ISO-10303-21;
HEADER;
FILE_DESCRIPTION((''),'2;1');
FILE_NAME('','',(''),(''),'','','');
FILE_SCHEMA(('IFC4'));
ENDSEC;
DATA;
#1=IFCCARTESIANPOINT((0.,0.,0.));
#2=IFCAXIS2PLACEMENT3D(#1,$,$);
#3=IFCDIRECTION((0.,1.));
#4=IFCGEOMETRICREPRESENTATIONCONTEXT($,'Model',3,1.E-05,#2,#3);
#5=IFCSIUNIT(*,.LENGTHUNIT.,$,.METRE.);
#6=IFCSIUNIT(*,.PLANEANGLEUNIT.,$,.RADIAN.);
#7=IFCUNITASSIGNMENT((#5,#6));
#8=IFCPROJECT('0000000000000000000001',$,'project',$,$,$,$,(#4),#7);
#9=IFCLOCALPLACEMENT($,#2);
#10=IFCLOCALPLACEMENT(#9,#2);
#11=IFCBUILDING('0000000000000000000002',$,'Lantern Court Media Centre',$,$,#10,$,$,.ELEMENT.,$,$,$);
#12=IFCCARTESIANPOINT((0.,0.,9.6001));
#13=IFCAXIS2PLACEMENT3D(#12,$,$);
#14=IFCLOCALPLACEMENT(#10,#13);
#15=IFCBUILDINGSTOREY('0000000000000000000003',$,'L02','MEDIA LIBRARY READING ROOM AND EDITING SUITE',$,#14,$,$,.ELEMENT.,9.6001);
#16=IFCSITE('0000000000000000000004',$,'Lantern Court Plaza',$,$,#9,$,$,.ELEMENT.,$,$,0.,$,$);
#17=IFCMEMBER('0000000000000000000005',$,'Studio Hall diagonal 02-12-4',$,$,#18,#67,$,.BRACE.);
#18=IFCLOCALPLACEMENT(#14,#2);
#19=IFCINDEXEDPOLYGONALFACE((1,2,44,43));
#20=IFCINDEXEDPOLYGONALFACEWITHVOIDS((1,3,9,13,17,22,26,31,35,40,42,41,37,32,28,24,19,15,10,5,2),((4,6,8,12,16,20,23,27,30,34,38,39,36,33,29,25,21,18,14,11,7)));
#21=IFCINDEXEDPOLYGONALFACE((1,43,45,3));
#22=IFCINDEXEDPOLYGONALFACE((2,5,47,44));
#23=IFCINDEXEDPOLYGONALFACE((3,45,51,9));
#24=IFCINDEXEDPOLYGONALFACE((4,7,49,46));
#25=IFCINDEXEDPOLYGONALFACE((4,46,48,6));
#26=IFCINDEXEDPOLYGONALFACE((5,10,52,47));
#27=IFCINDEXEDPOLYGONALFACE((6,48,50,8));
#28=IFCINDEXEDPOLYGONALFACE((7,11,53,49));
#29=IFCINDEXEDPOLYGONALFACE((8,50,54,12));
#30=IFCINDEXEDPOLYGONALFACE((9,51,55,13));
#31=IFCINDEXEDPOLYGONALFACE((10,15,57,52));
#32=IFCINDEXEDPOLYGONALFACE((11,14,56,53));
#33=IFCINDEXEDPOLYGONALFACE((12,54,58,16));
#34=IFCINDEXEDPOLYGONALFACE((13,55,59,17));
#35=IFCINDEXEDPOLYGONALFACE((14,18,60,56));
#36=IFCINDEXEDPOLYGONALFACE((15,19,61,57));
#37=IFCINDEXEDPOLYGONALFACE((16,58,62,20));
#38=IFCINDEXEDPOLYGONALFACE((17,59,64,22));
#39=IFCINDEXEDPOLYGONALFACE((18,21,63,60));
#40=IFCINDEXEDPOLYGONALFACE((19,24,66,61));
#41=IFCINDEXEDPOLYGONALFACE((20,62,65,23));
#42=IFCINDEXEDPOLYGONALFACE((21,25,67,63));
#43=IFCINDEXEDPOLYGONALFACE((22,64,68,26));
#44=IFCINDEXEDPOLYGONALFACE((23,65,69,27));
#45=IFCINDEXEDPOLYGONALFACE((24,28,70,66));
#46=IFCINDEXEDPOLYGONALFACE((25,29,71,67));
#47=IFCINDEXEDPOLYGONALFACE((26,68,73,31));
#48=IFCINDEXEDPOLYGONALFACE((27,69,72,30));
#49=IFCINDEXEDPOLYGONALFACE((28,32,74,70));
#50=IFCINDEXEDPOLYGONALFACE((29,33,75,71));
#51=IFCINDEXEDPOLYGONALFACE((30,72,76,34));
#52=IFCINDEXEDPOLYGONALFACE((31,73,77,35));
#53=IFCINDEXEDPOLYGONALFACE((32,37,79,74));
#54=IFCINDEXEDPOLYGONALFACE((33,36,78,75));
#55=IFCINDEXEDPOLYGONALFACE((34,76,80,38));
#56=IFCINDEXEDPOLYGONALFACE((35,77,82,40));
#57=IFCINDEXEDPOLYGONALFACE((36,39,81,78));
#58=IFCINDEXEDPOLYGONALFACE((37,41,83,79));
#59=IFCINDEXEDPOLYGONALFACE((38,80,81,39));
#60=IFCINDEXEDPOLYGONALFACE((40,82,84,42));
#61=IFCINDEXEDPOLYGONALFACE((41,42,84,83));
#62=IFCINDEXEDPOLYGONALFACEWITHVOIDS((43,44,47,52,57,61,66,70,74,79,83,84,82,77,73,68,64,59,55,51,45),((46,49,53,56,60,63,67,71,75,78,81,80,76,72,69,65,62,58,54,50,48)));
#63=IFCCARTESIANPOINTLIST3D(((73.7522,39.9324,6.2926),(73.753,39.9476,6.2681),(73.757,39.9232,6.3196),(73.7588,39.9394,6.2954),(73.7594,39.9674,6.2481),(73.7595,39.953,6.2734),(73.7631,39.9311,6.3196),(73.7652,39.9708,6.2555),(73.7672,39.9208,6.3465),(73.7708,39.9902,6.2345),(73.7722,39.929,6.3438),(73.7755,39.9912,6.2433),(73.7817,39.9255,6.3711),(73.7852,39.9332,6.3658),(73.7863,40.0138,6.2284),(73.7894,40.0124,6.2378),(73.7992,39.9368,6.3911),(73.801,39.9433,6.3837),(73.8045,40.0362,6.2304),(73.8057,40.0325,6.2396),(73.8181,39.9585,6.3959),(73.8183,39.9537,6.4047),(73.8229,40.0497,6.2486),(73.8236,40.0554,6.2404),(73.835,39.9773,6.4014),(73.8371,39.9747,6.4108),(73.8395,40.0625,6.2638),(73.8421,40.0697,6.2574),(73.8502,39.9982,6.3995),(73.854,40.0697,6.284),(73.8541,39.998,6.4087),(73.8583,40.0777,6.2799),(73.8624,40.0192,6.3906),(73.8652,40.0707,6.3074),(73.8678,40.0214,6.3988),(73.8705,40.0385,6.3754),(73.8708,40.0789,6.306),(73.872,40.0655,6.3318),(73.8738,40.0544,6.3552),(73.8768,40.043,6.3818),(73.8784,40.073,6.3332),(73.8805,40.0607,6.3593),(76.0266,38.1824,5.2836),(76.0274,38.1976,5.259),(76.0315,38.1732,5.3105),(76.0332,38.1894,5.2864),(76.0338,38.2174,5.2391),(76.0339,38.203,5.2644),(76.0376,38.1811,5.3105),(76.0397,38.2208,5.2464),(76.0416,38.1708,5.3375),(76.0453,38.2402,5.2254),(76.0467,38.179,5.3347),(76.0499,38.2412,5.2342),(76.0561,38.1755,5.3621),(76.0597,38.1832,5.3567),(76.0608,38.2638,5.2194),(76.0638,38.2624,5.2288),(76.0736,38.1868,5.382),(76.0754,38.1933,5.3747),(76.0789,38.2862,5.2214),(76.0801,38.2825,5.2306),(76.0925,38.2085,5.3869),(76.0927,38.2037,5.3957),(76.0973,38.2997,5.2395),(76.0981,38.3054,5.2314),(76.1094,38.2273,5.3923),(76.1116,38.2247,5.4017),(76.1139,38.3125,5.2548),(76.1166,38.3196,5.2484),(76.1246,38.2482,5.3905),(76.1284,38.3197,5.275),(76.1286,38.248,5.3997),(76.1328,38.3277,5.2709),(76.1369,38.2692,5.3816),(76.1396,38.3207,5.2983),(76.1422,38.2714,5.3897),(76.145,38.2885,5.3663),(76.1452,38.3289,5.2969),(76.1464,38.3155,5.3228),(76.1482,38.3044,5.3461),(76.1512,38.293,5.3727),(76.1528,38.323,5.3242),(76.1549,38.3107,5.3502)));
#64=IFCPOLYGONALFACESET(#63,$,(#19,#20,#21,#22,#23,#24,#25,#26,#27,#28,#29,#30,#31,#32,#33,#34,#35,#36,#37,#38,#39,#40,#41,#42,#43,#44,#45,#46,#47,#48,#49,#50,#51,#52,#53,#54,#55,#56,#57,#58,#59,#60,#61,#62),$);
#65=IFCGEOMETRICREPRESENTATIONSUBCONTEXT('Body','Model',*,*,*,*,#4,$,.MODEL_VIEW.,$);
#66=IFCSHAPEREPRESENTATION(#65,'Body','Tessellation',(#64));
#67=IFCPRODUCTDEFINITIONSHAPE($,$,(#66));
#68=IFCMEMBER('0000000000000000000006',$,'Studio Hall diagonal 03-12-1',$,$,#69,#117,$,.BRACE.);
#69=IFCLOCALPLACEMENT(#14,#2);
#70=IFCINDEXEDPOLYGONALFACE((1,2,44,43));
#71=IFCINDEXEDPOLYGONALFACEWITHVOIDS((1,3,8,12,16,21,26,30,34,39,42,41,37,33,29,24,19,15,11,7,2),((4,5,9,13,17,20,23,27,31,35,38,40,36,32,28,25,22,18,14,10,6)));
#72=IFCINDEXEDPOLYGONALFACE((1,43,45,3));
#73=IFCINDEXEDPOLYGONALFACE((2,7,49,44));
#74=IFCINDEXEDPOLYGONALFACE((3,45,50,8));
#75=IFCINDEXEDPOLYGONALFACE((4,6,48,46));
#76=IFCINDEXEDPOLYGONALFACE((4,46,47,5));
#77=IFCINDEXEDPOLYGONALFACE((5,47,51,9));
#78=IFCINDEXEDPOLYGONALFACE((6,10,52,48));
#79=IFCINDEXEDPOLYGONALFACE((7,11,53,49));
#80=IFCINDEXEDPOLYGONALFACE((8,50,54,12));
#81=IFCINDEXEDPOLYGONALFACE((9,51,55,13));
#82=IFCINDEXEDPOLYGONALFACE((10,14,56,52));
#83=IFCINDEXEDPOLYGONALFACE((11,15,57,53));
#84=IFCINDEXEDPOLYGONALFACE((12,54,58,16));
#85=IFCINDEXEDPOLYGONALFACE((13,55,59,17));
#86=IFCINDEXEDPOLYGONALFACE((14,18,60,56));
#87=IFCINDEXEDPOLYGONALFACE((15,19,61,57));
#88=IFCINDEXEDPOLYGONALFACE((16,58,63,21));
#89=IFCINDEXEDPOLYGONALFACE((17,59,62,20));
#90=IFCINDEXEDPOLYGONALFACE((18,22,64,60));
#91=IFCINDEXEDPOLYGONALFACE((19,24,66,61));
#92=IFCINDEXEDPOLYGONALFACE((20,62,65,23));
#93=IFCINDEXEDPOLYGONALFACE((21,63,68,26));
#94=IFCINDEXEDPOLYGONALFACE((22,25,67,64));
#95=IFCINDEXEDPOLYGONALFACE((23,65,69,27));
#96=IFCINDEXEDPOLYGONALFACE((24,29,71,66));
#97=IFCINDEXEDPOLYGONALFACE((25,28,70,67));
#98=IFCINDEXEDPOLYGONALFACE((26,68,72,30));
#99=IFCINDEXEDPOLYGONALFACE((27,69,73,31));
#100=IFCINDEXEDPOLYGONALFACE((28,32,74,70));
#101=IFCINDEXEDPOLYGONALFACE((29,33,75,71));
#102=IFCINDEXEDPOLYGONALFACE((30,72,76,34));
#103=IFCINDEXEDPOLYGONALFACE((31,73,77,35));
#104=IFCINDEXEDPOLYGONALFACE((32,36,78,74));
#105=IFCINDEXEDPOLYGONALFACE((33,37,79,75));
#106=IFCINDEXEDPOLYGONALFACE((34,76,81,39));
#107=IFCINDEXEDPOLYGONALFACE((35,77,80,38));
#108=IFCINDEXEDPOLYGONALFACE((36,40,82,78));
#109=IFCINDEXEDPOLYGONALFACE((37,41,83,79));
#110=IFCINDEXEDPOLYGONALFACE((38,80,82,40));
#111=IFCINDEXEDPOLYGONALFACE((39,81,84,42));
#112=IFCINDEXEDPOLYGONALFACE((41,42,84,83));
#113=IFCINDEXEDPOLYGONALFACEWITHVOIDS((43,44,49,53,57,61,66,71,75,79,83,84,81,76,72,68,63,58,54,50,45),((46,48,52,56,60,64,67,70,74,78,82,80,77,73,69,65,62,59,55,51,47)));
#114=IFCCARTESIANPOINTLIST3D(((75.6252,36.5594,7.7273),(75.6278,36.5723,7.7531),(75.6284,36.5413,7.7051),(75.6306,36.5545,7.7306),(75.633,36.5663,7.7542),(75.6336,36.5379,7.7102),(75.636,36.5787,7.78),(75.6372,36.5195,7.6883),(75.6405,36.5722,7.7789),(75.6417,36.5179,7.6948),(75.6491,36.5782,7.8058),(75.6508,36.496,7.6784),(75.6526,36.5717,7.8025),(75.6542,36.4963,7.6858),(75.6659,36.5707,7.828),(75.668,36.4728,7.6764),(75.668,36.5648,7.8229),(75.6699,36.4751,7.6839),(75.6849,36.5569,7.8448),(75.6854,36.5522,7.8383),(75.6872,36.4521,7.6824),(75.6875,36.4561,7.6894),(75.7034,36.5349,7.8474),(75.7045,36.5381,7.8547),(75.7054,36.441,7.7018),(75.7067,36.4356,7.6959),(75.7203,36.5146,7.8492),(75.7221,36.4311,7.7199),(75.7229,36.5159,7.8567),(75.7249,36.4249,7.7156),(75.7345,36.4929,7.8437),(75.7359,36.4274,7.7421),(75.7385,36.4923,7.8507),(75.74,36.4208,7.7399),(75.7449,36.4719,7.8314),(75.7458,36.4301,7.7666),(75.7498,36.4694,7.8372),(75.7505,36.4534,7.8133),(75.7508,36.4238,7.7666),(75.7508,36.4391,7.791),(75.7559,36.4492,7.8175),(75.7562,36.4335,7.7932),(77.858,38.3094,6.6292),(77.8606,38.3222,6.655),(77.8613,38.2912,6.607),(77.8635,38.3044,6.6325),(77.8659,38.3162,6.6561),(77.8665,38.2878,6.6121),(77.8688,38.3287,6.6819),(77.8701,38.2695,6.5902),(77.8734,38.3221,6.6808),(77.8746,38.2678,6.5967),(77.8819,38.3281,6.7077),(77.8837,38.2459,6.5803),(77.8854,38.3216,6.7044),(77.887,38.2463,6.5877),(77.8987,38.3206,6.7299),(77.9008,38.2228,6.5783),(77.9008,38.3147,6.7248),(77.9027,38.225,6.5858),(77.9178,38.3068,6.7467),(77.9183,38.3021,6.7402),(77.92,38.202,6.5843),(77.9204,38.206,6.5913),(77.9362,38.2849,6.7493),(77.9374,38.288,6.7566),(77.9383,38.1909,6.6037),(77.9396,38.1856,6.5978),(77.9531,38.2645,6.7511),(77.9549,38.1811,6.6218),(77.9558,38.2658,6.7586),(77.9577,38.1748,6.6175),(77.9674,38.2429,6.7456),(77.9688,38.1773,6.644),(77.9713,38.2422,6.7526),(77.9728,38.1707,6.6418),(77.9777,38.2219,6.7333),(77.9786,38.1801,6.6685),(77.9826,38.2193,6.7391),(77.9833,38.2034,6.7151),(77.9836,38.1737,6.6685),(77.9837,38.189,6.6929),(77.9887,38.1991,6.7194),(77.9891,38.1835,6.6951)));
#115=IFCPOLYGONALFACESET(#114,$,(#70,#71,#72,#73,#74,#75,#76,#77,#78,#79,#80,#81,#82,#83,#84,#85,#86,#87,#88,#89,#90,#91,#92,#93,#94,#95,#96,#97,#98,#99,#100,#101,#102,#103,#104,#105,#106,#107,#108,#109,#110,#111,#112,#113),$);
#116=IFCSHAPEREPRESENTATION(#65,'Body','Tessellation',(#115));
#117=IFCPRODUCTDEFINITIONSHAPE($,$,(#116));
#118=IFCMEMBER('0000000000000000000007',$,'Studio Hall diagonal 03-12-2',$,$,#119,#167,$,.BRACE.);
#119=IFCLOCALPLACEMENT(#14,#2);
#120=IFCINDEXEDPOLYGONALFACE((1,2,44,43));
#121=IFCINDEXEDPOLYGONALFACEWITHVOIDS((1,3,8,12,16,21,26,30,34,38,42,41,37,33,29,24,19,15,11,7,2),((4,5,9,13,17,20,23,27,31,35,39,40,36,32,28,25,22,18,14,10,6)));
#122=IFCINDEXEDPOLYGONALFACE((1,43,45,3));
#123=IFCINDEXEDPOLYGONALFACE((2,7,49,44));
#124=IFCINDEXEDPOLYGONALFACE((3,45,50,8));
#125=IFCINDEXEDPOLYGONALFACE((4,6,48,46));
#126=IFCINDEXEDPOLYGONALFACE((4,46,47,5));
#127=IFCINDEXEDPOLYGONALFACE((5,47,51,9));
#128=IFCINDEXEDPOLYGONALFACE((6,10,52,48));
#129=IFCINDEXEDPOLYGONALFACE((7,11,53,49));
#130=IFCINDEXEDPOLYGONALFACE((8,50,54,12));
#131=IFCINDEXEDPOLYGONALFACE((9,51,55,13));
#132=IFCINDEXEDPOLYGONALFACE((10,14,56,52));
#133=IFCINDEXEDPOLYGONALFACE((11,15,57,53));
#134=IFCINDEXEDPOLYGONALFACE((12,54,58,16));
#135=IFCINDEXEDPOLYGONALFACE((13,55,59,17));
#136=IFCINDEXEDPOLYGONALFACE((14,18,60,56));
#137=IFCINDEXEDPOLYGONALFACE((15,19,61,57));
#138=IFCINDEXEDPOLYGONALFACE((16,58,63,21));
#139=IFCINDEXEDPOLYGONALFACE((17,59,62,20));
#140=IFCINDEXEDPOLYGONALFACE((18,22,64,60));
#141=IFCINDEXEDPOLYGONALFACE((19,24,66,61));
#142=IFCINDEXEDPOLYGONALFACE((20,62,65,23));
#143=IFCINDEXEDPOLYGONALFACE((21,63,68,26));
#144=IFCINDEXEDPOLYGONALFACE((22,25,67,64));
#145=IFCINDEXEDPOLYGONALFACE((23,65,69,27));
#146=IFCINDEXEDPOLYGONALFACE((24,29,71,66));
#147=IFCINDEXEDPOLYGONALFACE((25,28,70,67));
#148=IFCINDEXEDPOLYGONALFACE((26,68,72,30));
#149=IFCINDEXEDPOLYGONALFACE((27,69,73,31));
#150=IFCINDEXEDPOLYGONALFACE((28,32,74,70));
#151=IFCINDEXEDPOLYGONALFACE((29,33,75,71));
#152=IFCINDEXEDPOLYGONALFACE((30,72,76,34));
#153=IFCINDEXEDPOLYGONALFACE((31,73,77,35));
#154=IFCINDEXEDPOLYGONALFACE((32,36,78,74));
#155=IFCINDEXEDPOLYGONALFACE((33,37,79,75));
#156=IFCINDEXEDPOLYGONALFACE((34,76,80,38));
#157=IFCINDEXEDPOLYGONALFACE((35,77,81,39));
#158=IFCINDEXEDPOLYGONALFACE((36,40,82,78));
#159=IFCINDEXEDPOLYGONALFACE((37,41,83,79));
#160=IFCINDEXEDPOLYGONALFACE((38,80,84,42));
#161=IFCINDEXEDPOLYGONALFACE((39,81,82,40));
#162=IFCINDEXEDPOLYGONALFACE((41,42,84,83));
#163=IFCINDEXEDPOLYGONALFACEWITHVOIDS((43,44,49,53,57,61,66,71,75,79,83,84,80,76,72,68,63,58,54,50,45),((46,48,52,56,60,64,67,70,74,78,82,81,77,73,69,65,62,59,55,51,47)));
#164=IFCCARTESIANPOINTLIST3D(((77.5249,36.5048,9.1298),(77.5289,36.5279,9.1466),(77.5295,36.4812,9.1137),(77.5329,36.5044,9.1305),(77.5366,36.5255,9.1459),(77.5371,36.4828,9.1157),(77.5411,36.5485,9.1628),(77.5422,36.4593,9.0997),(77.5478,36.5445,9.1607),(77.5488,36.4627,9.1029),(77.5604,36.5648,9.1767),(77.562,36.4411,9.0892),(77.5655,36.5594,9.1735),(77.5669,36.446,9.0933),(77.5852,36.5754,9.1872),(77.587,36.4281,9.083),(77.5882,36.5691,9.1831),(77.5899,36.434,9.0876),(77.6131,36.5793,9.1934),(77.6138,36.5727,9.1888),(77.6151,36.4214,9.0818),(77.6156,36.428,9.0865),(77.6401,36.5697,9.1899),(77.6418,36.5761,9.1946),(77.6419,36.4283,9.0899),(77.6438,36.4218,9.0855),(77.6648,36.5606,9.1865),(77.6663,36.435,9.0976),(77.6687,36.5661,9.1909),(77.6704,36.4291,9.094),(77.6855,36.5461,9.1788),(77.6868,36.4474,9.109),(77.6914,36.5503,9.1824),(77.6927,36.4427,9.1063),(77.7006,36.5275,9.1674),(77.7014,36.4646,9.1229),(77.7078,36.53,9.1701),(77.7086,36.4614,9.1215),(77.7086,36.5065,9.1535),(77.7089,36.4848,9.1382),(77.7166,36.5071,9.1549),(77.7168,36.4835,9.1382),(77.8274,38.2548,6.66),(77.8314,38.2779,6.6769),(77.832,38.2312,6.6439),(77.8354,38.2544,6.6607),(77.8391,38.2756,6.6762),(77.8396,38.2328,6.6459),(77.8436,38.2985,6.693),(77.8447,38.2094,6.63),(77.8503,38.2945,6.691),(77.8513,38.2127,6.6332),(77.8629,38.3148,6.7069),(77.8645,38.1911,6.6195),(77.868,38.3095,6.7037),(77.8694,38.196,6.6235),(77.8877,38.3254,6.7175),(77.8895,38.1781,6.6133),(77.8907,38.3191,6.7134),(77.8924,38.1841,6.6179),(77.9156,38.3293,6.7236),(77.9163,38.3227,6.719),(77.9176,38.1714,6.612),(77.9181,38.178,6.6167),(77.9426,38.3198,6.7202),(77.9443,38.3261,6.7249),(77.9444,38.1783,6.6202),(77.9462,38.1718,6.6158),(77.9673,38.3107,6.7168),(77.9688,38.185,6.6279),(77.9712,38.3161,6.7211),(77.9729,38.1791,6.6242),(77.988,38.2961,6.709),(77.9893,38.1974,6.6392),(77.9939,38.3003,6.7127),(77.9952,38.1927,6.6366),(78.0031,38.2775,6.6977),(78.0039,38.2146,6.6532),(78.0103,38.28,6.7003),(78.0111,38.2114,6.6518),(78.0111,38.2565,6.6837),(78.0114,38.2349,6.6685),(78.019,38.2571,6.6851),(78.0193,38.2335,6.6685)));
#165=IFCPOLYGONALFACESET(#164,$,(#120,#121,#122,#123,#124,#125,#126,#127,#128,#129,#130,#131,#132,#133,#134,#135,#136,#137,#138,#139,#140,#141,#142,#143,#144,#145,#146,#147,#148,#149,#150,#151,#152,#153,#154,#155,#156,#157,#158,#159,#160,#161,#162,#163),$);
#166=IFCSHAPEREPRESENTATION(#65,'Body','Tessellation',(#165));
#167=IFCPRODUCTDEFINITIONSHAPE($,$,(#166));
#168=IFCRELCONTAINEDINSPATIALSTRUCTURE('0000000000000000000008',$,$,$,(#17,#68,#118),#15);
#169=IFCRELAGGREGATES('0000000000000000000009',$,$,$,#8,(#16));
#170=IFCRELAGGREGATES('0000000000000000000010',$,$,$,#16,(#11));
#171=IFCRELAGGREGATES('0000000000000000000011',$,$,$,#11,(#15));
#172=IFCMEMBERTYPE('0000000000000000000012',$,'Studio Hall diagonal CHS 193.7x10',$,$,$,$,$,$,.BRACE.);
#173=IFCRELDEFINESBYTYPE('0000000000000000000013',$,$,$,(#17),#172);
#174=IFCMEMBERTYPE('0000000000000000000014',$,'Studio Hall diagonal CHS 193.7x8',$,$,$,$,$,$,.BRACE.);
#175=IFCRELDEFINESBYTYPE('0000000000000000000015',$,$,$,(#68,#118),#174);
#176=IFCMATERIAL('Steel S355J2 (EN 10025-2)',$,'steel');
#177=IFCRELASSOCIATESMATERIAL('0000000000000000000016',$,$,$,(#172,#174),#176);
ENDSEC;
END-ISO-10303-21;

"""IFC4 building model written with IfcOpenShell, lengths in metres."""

from ifc_helpers import new_model, si_unit, direction, frame, origin, origin_2d, place, context, subcontext, project, spatial, hollow_circle, extrude, material, material_profile, profile_set, type_object, element, save


model = new_model("IFC4")

# Units and contexts
model_context = context("Model", 3, precision=1e-05, world=origin(), true_north=direction((0.0, 1.0)))
body_context = subcontext(model_context, "Body", "Model", "MODEL_VIEW")
ifc_project = project(units=[si_unit("LENGTHUNIT", "METRE"), si_unit("PLANEANGLEUNIT", "RADIAN")], contexts=[model_context])

# Site, building, storey
site_placement = place(None, origin())
site = spatial("IfcSite", under=ifc_project, at=site_placement, Name="Lantern Court Plaza", CompositionType="ELEMENT", RefElevation=0.0)
building_placement = place(site_placement, origin())
building = spatial("IfcBuilding", under=site, at=building_placement, Name="Lantern Court Media Centre", CompositionType="ELEMENT")
storey_placement = place(building_placement, frame((0.0, 0.0, 9.6001)))
storey = spatial("IfcBuildingStorey", under=building, at=storey_placement, Name="L02", Description="MEDIA LIBRARY READING ROOM AND EDITING SUITE", CompositionType="ELEMENT", Elevation=9.6001)

# Members
ifc_material = material(Name="Steel S355J2 (EN 10025-2)", Category="steel")
ifc_material_profile_1 = material_profile(ifc_material, hollow_circle(Radius=0.0969, WallThickness=0.01, at=origin_2d()), Name="Studio Hall diagonal CHS 193.7x10")
ifc_profile_set_1 = profile_set([ifc_material_profile_1], Name="Steel S355J2 (EN 10025-2)")
member_type_1 = type_object("IfcMemberType", Name="Studio Hall diagonal CHS 193.7x10", PredefinedType="BRACE", material=ifc_profile_set_1)
for number, where, z_axis, x_axis, name in (
    (1, (76.0906, 38.25, 5.3105), (-0.747677, 0.575284, 0.331703), (-0.609809, -0.792548, 0.0), "Studio Hall diagonal 02-12-4"),
):
    element("IfcMember", number, at=place(storey_placement, frame(where, z_axis=z_axis, x_axis=x_axis)), inside=storey, type_object=member_type_1, Name=name, PredefinedType="BRACE", context=body_context, shape_type="SweptSolid", body=[
        extrude(hollow_circle(Radius=0.0969, WallThickness=0.01, at=origin_2d()), origin(), (0.0, 0.0, 1.0), 3.042),
    ])
ifc_material_profile_2 = material_profile(ifc_material, hollow_circle(Radius=0.0969, WallThickness=0.0081, at=origin_2d()), Name="Studio Hall diagonal CHS 193.7x8")
ifc_profile_set_2 = profile_set([ifc_material_profile_2], Name="Steel S355J2 (EN 10025-2)")
member_type_2 = type_object("IfcMemberType", Name="Studio Hall diagonal CHS 193.7x8", PredefinedType="BRACE", material=ifc_profile_set_2)
for number, where, z_axis, x_axis, name in (
    (2, (77.9238, 38.25, 6.6685), (-0.734005, -0.575262, 0.360984), (0.616856, -0.787076, 0.0), "Studio Hall diagonal 03-12-1"),
    (3, (77.9238, 38.25, 6.6685), (-0.099439, -0.575286, 0.811885), (0.985388, -0.170326, 0.0), "Studio Hall diagonal 03-12-2"),
):
    element("IfcMember", number, at=place(storey_placement, frame(where, z_axis=z_axis, x_axis=x_axis)), inside=storey, type_object=member_type_2, Name=name, PredefinedType="BRACE", context=body_context, shape_type="SweptSolid", body=[
        extrude(hollow_circle(Radius=0.0969, WallThickness=0.0081, at=origin_2d()), origin(), (0.0, 0.0, 1.0), 3.042),
    ])

save(model, "model.ifc")
